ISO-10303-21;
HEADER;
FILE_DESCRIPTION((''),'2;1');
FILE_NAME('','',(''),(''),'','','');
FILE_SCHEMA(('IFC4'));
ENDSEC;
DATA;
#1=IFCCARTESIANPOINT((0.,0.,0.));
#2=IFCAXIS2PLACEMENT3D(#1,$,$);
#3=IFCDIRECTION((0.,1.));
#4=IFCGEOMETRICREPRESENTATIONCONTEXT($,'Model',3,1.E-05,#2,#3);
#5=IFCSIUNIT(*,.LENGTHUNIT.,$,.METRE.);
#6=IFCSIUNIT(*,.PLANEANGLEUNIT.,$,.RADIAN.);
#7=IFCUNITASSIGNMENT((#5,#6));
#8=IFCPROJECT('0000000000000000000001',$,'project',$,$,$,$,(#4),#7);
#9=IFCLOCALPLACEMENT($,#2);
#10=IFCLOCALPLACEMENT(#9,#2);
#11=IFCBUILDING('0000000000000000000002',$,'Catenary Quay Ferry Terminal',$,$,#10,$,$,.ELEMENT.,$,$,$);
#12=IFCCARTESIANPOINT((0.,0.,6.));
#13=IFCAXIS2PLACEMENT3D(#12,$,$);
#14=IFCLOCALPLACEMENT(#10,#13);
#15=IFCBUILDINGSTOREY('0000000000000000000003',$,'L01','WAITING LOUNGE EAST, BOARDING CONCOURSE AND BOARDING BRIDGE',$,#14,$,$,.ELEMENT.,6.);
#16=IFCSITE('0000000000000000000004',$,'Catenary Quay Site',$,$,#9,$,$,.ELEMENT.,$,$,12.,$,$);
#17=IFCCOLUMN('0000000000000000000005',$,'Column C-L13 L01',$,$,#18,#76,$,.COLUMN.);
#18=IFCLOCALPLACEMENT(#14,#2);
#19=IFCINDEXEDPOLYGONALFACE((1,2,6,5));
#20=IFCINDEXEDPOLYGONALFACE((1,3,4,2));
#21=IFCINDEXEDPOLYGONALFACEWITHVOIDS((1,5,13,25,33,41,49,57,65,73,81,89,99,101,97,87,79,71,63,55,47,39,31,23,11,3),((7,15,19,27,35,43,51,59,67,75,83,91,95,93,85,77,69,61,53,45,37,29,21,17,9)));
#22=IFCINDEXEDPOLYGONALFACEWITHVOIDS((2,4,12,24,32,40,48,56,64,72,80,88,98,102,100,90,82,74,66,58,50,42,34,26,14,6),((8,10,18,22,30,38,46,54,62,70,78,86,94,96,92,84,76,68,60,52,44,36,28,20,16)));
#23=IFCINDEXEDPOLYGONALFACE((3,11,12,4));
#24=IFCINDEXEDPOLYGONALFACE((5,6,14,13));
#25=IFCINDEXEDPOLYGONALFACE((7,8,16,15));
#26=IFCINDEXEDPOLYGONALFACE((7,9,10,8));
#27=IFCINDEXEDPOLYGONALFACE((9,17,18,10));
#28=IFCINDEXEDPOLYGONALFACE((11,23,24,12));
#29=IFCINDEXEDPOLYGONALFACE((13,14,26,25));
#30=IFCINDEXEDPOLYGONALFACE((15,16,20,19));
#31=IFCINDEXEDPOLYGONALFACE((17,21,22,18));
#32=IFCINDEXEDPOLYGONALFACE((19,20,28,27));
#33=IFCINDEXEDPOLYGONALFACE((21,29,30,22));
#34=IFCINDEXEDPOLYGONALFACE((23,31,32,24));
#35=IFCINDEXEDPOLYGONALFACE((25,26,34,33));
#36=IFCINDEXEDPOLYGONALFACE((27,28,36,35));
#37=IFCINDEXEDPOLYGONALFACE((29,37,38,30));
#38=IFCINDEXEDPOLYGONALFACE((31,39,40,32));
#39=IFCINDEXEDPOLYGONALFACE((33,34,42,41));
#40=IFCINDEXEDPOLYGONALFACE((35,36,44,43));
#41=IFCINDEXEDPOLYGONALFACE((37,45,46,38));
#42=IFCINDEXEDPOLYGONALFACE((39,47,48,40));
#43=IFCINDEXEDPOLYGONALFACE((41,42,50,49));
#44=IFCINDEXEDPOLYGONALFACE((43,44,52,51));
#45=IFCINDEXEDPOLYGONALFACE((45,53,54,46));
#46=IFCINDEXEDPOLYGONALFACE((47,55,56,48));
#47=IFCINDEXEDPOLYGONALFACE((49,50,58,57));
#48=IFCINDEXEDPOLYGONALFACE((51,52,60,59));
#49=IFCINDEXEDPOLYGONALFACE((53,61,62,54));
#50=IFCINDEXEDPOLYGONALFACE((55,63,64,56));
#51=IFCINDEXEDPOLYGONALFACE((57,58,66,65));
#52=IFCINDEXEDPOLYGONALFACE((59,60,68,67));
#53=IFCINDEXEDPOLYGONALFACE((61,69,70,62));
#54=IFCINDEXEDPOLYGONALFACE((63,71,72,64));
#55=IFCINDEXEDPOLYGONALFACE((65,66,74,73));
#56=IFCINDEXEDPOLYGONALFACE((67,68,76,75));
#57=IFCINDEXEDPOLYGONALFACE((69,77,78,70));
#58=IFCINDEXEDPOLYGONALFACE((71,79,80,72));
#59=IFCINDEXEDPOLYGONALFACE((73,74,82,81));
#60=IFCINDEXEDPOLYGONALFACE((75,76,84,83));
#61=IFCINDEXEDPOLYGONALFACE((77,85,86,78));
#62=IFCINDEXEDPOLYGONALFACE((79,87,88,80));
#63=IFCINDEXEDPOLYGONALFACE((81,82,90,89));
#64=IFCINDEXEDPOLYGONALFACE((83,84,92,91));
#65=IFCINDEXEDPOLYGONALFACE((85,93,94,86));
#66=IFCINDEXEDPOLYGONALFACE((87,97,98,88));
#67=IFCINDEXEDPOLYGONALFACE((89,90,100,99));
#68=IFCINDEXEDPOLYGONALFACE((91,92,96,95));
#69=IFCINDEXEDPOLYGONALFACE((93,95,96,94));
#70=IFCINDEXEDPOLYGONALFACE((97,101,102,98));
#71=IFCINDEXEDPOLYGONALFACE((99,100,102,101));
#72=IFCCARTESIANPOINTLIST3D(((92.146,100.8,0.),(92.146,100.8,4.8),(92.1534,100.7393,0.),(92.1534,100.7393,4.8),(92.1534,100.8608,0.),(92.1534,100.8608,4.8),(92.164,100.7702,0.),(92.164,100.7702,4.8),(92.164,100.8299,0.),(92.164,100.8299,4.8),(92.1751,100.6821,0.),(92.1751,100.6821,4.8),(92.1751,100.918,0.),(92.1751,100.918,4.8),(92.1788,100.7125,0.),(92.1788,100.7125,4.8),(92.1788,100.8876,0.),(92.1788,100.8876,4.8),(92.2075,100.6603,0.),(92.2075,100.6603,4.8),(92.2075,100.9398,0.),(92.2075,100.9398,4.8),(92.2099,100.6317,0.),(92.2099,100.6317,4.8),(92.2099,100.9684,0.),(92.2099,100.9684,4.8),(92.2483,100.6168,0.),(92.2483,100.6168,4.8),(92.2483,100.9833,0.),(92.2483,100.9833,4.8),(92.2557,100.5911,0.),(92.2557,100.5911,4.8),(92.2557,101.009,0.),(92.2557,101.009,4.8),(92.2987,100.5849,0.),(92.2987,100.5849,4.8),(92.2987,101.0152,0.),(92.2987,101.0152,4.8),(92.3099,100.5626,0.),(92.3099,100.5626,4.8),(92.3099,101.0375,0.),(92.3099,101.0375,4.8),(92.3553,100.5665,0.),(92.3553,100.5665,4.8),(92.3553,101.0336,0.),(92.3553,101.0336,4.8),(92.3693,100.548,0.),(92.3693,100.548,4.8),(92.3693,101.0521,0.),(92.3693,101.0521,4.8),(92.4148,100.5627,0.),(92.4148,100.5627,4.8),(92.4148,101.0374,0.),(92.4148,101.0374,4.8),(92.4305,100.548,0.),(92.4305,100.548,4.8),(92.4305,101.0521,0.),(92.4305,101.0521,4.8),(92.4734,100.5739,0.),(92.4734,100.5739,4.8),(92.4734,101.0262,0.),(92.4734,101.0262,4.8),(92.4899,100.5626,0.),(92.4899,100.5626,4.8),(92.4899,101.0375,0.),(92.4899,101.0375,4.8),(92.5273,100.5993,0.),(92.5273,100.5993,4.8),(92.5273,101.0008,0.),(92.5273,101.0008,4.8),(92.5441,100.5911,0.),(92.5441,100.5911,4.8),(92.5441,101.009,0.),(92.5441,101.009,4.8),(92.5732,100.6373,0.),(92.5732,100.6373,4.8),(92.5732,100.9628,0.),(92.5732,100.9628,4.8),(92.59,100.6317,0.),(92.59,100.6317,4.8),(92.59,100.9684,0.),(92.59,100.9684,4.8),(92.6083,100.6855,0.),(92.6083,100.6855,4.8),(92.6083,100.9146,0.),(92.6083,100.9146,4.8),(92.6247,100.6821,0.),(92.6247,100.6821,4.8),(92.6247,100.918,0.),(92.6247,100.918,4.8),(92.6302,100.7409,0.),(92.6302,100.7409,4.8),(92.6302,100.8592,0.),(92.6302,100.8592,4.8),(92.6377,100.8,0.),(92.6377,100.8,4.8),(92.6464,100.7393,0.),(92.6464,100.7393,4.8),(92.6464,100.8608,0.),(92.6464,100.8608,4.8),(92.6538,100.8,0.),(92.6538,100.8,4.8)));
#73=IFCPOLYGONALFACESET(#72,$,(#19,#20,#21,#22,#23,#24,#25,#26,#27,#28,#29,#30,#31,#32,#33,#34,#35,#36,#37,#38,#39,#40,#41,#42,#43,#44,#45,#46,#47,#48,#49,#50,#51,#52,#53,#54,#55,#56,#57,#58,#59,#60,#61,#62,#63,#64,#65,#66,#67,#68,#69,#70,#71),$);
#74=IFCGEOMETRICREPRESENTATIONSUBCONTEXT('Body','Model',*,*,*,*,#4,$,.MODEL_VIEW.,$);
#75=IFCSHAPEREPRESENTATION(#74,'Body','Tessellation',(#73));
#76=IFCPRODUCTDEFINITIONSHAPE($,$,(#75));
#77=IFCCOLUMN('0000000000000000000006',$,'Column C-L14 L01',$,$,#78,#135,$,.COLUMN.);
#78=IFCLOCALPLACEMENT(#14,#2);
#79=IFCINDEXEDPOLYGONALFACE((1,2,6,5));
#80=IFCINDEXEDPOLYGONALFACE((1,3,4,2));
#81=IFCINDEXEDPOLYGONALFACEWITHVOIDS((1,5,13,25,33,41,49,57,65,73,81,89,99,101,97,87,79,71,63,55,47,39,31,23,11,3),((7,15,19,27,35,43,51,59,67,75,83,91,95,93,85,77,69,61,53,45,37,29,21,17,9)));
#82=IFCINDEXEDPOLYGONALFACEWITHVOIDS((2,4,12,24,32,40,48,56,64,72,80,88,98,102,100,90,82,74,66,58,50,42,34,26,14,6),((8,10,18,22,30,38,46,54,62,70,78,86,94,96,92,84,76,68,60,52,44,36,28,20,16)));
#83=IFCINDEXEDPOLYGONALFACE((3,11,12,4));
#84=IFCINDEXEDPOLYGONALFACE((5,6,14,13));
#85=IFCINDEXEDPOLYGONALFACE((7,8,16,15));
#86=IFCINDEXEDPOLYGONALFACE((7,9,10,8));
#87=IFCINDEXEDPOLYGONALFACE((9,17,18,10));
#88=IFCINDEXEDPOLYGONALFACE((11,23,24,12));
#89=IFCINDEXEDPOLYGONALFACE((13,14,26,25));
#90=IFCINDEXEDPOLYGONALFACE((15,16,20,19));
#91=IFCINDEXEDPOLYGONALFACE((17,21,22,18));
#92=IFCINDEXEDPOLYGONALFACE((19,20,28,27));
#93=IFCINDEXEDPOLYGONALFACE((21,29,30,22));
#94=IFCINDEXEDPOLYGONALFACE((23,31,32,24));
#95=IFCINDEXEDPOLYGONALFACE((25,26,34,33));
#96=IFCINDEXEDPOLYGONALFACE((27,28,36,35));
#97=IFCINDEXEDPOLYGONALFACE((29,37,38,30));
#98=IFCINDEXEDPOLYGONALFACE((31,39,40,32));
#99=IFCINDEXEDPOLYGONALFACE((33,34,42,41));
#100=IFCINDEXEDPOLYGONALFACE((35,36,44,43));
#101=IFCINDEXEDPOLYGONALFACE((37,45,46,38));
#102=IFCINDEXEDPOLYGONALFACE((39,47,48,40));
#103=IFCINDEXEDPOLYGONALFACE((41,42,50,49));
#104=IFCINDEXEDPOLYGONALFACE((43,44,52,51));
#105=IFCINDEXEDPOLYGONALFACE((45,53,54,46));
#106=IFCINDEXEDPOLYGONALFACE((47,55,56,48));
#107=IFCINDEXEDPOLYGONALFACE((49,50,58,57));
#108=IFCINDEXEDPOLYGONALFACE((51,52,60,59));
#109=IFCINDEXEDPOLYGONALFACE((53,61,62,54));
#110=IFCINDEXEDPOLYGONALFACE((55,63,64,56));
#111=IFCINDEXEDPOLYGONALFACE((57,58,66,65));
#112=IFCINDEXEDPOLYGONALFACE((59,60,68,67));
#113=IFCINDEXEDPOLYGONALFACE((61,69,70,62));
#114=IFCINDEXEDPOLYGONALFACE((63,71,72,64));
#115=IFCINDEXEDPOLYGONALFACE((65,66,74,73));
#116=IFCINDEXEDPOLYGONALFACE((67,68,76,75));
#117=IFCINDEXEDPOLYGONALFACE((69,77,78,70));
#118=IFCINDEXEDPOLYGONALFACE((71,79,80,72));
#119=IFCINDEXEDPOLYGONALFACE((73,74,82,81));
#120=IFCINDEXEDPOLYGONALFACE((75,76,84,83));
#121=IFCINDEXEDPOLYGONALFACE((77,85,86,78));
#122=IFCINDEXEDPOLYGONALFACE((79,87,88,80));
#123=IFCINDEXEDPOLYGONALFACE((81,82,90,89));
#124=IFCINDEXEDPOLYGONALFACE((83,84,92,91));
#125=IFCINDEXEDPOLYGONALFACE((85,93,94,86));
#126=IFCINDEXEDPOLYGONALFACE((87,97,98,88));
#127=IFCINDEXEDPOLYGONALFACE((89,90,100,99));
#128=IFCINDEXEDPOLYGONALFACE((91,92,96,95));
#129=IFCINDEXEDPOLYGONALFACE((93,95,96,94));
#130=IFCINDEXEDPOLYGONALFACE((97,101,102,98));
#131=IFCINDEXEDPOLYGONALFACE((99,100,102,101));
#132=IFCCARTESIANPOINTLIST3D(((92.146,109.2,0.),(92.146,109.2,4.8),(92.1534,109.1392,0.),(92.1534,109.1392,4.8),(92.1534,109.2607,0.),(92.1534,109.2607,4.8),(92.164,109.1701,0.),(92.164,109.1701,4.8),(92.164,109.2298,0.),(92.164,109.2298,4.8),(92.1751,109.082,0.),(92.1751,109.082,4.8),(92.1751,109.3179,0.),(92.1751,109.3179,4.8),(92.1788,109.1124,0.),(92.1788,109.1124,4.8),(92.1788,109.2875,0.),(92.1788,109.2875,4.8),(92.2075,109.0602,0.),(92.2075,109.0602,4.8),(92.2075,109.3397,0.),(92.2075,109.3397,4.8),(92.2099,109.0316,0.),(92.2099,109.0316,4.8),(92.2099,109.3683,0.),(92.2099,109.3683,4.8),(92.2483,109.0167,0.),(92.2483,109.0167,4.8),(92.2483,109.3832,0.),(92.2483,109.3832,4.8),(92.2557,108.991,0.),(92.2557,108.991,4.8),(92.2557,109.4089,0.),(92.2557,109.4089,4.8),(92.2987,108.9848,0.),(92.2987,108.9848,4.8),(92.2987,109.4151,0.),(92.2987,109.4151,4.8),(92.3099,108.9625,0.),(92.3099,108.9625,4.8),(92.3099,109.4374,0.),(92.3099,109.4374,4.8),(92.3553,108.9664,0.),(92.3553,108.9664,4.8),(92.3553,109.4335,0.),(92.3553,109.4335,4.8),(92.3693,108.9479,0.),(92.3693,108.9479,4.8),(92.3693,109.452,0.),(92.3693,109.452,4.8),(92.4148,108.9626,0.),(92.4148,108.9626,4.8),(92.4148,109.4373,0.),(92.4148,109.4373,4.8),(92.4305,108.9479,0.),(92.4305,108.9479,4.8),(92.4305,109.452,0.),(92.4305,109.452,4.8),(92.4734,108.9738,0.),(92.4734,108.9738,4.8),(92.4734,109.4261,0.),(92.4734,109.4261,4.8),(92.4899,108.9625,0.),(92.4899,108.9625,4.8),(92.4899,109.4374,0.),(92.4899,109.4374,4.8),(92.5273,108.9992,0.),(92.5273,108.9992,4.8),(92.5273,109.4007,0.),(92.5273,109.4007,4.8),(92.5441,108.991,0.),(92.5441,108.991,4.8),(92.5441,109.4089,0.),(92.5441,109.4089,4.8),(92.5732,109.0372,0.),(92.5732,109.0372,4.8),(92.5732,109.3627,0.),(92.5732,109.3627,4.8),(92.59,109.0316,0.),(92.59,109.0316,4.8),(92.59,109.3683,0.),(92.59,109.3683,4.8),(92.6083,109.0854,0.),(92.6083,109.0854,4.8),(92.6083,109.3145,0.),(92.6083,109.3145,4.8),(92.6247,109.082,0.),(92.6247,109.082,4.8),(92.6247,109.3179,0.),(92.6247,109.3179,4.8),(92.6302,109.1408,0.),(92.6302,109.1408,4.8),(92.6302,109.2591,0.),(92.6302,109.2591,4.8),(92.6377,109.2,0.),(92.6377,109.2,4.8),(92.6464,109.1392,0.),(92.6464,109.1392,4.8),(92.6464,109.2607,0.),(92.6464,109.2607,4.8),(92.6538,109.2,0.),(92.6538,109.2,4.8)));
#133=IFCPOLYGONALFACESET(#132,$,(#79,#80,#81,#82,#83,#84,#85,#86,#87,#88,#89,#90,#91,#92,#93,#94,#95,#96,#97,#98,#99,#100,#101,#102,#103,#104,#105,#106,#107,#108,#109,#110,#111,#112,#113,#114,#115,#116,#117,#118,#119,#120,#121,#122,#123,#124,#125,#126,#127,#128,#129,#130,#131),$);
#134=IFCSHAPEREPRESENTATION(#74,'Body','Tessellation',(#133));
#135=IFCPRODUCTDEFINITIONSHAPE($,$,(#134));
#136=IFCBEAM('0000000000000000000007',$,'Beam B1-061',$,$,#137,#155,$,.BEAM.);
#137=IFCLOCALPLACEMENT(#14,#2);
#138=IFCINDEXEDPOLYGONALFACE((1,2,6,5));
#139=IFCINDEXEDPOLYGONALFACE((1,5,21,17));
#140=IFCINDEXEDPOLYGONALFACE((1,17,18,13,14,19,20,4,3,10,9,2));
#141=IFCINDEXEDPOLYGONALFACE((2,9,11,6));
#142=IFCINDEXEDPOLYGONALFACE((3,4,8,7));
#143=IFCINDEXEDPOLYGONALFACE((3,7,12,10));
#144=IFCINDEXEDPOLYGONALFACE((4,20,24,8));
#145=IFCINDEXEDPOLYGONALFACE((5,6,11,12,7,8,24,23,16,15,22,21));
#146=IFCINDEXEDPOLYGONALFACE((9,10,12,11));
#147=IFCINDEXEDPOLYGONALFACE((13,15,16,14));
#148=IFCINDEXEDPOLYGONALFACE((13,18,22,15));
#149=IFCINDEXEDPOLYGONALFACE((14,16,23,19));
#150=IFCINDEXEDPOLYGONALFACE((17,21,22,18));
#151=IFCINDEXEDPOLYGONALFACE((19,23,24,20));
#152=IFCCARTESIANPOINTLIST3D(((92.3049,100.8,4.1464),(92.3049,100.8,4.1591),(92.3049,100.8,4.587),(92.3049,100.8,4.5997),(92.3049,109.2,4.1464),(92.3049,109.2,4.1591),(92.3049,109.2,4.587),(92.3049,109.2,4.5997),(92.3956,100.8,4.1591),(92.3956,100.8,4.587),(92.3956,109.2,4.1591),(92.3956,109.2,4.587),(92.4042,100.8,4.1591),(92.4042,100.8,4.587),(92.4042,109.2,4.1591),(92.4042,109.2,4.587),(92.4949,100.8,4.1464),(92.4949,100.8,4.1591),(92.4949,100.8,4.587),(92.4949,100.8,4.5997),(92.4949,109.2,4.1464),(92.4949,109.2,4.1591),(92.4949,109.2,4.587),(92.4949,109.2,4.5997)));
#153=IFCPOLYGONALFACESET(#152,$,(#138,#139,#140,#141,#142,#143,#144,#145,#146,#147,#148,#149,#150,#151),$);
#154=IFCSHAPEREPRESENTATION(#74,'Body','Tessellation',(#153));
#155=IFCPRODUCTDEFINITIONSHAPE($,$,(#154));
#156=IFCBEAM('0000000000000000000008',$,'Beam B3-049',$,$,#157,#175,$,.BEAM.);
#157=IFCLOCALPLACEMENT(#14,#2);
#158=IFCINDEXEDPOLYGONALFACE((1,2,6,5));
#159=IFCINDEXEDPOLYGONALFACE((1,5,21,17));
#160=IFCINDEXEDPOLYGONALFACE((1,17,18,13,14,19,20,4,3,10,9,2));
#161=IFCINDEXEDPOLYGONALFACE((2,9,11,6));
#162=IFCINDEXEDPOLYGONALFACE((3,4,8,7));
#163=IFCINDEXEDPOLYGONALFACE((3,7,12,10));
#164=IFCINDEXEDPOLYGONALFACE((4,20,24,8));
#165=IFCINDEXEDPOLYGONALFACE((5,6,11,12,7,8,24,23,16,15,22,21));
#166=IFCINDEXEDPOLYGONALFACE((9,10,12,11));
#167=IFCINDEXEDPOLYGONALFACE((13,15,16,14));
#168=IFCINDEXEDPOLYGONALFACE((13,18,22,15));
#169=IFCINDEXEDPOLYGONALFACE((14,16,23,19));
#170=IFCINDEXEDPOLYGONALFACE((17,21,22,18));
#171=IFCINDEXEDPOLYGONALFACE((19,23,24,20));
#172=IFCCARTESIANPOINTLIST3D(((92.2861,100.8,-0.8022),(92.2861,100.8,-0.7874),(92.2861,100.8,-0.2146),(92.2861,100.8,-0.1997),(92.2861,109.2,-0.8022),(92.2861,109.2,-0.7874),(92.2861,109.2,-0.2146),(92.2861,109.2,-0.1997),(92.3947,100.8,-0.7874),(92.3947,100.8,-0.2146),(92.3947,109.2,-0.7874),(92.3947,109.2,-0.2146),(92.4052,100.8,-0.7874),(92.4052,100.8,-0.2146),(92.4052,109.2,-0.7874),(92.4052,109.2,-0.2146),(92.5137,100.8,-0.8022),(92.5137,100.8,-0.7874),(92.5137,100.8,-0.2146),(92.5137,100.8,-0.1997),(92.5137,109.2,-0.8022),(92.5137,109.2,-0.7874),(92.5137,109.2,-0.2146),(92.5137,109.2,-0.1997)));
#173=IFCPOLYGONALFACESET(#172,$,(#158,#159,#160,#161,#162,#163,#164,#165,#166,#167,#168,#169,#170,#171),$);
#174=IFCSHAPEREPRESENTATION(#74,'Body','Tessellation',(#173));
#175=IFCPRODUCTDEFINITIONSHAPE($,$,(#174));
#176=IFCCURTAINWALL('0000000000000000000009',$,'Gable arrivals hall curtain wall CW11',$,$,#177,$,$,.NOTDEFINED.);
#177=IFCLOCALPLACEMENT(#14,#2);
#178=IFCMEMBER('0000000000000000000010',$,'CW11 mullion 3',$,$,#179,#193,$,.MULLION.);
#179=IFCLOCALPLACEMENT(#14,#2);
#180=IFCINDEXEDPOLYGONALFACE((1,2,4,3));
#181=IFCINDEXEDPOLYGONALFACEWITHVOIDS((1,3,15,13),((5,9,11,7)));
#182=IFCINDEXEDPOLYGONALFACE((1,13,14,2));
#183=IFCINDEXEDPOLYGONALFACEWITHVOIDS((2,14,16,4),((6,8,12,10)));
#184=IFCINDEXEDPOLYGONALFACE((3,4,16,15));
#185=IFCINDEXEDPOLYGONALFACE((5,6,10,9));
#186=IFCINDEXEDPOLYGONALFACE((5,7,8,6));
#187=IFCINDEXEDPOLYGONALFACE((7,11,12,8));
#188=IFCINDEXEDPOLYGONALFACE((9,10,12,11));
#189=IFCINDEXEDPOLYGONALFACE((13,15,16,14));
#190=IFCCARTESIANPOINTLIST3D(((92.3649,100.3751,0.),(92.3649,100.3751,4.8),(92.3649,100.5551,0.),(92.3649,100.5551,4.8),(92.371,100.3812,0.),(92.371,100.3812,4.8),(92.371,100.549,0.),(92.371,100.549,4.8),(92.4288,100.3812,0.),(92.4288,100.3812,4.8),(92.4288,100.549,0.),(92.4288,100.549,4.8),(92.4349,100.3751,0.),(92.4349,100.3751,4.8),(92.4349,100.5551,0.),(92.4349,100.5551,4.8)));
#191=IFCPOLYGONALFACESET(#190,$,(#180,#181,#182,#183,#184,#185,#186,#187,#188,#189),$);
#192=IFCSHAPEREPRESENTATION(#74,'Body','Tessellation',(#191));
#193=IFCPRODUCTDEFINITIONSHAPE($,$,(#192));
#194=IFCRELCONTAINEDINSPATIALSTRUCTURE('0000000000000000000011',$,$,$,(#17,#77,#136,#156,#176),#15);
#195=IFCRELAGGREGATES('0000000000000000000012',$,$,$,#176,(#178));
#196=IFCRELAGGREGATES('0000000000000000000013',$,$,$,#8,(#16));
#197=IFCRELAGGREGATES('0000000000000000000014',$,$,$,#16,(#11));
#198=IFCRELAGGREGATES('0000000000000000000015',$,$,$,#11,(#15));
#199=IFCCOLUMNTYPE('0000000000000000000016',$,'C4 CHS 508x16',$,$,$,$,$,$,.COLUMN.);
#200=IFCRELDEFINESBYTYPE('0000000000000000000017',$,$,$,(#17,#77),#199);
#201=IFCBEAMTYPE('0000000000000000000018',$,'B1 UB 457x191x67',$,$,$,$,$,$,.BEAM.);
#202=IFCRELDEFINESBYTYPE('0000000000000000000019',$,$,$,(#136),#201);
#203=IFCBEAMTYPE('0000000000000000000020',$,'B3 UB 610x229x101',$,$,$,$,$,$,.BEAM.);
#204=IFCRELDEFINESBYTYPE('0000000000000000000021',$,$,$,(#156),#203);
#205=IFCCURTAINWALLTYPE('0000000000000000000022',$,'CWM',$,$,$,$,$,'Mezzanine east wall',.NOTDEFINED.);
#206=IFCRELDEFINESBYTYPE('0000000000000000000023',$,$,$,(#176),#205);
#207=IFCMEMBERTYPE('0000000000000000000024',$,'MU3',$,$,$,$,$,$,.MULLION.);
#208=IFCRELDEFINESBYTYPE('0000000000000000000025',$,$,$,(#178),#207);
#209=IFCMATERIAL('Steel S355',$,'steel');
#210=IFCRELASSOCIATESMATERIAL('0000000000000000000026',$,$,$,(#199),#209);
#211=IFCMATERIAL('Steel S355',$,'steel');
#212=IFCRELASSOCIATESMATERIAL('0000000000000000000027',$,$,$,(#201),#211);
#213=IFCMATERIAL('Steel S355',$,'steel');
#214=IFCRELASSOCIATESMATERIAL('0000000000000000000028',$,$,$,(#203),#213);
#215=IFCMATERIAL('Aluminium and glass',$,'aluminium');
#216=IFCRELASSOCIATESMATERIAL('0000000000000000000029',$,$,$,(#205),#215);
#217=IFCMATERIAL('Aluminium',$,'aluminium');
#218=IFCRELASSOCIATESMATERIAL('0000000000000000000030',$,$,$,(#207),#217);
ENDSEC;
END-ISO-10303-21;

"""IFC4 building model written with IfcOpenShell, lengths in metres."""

from ifc_helpers import new_model, si_unit, direction, frame, origin, origin_2d, place, context, subcontext, project, spatial, hollow_rectangle, hollow_circle, i_section, extrude, material, material_profile, profile_set, type_object, element, aggregate, save


model = new_model("IFC4")

# Units and contexts
model_context = context("Model", 3, precision=1e-05, world=origin(), true_north=direction((0.0, 1.0)))
body_context = subcontext(model_context, "Body", "Model", "MODEL_VIEW")
ifc_project = project(units=[si_unit("LENGTHUNIT", "METRE"), si_unit("PLANEANGLEUNIT", "RADIAN")], contexts=[model_context])

# Site, building, storey
site_placement = place(None, origin())
site = spatial("IfcSite", under=ifc_project, at=site_placement, Name="Catenary Quay Site", CompositionType="ELEMENT", RefElevation=12.0)
building_placement = place(site_placement, origin())
building = spatial("IfcBuilding", under=site, at=building_placement, Name="Catenary Quay Ferry Terminal", CompositionType="ELEMENT")
storey_placement = place(building_placement, frame((0.0, 0.0, 6.0)))
storey = spatial("IfcBuildingStorey", under=building, at=storey_placement, Name="L01", Description="WAITING LOUNGE EAST, BOARDING CONCOURSE AND BOARDING BRIDGE", CompositionType="ELEMENT", Elevation=6.0)

# Columns
ifc_material_1 = material(Name="Steel S355", Category="steel")
ifc_material_profile_1 = material_profile(ifc_material_1, hollow_circle(Radius=0.2539, WallThickness=0.0161, at=origin_2d()), Name="CHS 508x16")
ifc_profile_set_1 = profile_set([ifc_material_profile_1], Name="Steel S355")
column_type = type_object("IfcColumnType", Name="C4 CHS 508x16", PredefinedType="COLUMN", material=ifc_profile_set_1)
for number, where, z_axis, x_axis, name in (
    (1, (92.3999, 100.8, 0.0), (0.0, 0.0, 1.0), (1.0, 0.0, 0.0), "Column C-L13 L01"),
    (2, (92.3999, 109.2, 0.0), (0.0, 0.0, 1.0), (1.0, 0.0, 0.0), "Column C-L14 L01"),
):
    element("IfcColumn", number, at=place(storey_placement, frame(where, z_axis=z_axis, x_axis=x_axis)), inside=storey, type_object=column_type, Name=name, PredefinedType="COLUMN", context=body_context, shape_type="SweptSolid", body=[
        extrude(hollow_circle(Radius=0.2539, WallThickness=0.0161, at=origin_2d()), origin(), (0.0, 0.0, 1.0), 4.8),
    ])

# Beams
ifc_material_2 = material(Name="Steel S355", Category="steel")
ifc_material_profile_2 = material_profile(ifc_material_2, i_section(OverallWidth=0.1899, OverallDepth=0.4534, WebThickness=0.0085, FlangeThickness=0.0127, at=origin_2d()), Name="UB 457x191x67")
ifc_profile_set_2 = profile_set([ifc_material_profile_2], Name="Steel S355")
beam_type_1 = type_object("IfcBeamType", Name="B1 UB 457x191x67", PredefinedType="BEAM", material=ifc_profile_set_2)
beam_1_placement = place(storey_placement, frame((92.3999, 100.8, 4.373), z_axis=(0.0, 1.0, 0.0), x_axis=(-1.0, 0.0, 0.0)))
element("IfcBeam", 3, at=beam_1_placement, inside=storey, type_object=beam_type_1, Name="Beam B1-061", PredefinedType="BEAM", context=body_context, shape_type="SweptSolid", body=[
    extrude(i_section(OverallWidth=0.1899, OverallDepth=0.4534, WebThickness=0.0085, FlangeThickness=0.0127, at=origin_2d()), origin(), (0.0, 0.0, 1.0), 8.3999),
])
ifc_material_3 = material(Name="Steel S355", Category="steel")
ifc_material_profile_3 = material_profile(ifc_material_3, i_section(OverallWidth=0.2275, OverallDepth=0.6025, WebThickness=0.0105, FlangeThickness=0.0149, at=origin_2d()), Name="UB 610x229x101")
ifc_profile_set_3 = profile_set([ifc_material_profile_3], Name="Steel S355")
beam_type_2 = type_object("IfcBeamType", Name="B3 UB 610x229x101", PredefinedType="BEAM", material=ifc_profile_set_3)
beam_2_placement = place(storey_placement, frame((92.3999, 100.8, -0.501), z_axis=(0.0, 1.0, 0.0), x_axis=(-1.0, 0.0, 0.0)))
element("IfcBeam", 4, at=beam_2_placement, inside=storey, type_object=beam_type_2, Name="Beam B3-049", PredefinedType="BEAM", context=body_context, shape_type="SweptSolid", body=[
    extrude(i_section(OverallWidth=0.2275, OverallDepth=0.6025, WebThickness=0.0105, FlangeThickness=0.0149, at=origin_2d()), origin(), (0.0, 0.0, 1.0), 8.3999),
])

# Curtain wall, member
ifc_material_4 = material(Name="Aluminium and glass", Category="aluminium")
curtain_wall_type_1 = type_object("IfcCurtainWallType", Name="CWM", ElementType="Mezzanine east wall", PredefinedType="NOTDEFINED", material=ifc_material_4)
curtain_wall_1_placement = place(storey_placement, origin())
curtain_wall_1 = element("IfcCurtainWall", 5, at=curtain_wall_1_placement, inside=storey, type_object=curtain_wall_type_1, Name="Gable arrivals hall curtain wall CW11", PredefinedType="NOTDEFINED")
ifc_material_5 = material(Name="Aluminium", Category="aluminium")
ifc_material_profile_4 = material_profile(ifc_material_5, hollow_rectangle(XDim=0.0701, YDim=0.1799, WallThickness=0.0061, at=origin_2d()), Name="MU3")
ifc_profile_set_4 = profile_set([ifc_material_profile_4], Name="Aluminium")
member_type_1 = type_object("IfcMemberType", Name="MU3", PredefinedType="MULLION", material=ifc_profile_set_4)
member_1_placement = place(storey_placement, frame((92.3999, 100.4651, 0.0), z_axis=(0.0, 0.0, 1.0), x_axis=(-1.0, 0.0, 0.0)))
member_1 = element("IfcMember", 6, at=member_1_placement, type_object=member_type_1, Name="CW11 mullion 3", PredefinedType="MULLION", context=body_context, shape_type="SweptSolid", body=[
    extrude(hollow_rectangle(XDim=0.0701, YDim=0.1799, WallThickness=0.0061, at=origin_2d()), origin(), (0.0, 0.0, 1.0), 4.8),
])

aggregate(curtain_wall_1, [member_1])

save(model, "model.ifc")
